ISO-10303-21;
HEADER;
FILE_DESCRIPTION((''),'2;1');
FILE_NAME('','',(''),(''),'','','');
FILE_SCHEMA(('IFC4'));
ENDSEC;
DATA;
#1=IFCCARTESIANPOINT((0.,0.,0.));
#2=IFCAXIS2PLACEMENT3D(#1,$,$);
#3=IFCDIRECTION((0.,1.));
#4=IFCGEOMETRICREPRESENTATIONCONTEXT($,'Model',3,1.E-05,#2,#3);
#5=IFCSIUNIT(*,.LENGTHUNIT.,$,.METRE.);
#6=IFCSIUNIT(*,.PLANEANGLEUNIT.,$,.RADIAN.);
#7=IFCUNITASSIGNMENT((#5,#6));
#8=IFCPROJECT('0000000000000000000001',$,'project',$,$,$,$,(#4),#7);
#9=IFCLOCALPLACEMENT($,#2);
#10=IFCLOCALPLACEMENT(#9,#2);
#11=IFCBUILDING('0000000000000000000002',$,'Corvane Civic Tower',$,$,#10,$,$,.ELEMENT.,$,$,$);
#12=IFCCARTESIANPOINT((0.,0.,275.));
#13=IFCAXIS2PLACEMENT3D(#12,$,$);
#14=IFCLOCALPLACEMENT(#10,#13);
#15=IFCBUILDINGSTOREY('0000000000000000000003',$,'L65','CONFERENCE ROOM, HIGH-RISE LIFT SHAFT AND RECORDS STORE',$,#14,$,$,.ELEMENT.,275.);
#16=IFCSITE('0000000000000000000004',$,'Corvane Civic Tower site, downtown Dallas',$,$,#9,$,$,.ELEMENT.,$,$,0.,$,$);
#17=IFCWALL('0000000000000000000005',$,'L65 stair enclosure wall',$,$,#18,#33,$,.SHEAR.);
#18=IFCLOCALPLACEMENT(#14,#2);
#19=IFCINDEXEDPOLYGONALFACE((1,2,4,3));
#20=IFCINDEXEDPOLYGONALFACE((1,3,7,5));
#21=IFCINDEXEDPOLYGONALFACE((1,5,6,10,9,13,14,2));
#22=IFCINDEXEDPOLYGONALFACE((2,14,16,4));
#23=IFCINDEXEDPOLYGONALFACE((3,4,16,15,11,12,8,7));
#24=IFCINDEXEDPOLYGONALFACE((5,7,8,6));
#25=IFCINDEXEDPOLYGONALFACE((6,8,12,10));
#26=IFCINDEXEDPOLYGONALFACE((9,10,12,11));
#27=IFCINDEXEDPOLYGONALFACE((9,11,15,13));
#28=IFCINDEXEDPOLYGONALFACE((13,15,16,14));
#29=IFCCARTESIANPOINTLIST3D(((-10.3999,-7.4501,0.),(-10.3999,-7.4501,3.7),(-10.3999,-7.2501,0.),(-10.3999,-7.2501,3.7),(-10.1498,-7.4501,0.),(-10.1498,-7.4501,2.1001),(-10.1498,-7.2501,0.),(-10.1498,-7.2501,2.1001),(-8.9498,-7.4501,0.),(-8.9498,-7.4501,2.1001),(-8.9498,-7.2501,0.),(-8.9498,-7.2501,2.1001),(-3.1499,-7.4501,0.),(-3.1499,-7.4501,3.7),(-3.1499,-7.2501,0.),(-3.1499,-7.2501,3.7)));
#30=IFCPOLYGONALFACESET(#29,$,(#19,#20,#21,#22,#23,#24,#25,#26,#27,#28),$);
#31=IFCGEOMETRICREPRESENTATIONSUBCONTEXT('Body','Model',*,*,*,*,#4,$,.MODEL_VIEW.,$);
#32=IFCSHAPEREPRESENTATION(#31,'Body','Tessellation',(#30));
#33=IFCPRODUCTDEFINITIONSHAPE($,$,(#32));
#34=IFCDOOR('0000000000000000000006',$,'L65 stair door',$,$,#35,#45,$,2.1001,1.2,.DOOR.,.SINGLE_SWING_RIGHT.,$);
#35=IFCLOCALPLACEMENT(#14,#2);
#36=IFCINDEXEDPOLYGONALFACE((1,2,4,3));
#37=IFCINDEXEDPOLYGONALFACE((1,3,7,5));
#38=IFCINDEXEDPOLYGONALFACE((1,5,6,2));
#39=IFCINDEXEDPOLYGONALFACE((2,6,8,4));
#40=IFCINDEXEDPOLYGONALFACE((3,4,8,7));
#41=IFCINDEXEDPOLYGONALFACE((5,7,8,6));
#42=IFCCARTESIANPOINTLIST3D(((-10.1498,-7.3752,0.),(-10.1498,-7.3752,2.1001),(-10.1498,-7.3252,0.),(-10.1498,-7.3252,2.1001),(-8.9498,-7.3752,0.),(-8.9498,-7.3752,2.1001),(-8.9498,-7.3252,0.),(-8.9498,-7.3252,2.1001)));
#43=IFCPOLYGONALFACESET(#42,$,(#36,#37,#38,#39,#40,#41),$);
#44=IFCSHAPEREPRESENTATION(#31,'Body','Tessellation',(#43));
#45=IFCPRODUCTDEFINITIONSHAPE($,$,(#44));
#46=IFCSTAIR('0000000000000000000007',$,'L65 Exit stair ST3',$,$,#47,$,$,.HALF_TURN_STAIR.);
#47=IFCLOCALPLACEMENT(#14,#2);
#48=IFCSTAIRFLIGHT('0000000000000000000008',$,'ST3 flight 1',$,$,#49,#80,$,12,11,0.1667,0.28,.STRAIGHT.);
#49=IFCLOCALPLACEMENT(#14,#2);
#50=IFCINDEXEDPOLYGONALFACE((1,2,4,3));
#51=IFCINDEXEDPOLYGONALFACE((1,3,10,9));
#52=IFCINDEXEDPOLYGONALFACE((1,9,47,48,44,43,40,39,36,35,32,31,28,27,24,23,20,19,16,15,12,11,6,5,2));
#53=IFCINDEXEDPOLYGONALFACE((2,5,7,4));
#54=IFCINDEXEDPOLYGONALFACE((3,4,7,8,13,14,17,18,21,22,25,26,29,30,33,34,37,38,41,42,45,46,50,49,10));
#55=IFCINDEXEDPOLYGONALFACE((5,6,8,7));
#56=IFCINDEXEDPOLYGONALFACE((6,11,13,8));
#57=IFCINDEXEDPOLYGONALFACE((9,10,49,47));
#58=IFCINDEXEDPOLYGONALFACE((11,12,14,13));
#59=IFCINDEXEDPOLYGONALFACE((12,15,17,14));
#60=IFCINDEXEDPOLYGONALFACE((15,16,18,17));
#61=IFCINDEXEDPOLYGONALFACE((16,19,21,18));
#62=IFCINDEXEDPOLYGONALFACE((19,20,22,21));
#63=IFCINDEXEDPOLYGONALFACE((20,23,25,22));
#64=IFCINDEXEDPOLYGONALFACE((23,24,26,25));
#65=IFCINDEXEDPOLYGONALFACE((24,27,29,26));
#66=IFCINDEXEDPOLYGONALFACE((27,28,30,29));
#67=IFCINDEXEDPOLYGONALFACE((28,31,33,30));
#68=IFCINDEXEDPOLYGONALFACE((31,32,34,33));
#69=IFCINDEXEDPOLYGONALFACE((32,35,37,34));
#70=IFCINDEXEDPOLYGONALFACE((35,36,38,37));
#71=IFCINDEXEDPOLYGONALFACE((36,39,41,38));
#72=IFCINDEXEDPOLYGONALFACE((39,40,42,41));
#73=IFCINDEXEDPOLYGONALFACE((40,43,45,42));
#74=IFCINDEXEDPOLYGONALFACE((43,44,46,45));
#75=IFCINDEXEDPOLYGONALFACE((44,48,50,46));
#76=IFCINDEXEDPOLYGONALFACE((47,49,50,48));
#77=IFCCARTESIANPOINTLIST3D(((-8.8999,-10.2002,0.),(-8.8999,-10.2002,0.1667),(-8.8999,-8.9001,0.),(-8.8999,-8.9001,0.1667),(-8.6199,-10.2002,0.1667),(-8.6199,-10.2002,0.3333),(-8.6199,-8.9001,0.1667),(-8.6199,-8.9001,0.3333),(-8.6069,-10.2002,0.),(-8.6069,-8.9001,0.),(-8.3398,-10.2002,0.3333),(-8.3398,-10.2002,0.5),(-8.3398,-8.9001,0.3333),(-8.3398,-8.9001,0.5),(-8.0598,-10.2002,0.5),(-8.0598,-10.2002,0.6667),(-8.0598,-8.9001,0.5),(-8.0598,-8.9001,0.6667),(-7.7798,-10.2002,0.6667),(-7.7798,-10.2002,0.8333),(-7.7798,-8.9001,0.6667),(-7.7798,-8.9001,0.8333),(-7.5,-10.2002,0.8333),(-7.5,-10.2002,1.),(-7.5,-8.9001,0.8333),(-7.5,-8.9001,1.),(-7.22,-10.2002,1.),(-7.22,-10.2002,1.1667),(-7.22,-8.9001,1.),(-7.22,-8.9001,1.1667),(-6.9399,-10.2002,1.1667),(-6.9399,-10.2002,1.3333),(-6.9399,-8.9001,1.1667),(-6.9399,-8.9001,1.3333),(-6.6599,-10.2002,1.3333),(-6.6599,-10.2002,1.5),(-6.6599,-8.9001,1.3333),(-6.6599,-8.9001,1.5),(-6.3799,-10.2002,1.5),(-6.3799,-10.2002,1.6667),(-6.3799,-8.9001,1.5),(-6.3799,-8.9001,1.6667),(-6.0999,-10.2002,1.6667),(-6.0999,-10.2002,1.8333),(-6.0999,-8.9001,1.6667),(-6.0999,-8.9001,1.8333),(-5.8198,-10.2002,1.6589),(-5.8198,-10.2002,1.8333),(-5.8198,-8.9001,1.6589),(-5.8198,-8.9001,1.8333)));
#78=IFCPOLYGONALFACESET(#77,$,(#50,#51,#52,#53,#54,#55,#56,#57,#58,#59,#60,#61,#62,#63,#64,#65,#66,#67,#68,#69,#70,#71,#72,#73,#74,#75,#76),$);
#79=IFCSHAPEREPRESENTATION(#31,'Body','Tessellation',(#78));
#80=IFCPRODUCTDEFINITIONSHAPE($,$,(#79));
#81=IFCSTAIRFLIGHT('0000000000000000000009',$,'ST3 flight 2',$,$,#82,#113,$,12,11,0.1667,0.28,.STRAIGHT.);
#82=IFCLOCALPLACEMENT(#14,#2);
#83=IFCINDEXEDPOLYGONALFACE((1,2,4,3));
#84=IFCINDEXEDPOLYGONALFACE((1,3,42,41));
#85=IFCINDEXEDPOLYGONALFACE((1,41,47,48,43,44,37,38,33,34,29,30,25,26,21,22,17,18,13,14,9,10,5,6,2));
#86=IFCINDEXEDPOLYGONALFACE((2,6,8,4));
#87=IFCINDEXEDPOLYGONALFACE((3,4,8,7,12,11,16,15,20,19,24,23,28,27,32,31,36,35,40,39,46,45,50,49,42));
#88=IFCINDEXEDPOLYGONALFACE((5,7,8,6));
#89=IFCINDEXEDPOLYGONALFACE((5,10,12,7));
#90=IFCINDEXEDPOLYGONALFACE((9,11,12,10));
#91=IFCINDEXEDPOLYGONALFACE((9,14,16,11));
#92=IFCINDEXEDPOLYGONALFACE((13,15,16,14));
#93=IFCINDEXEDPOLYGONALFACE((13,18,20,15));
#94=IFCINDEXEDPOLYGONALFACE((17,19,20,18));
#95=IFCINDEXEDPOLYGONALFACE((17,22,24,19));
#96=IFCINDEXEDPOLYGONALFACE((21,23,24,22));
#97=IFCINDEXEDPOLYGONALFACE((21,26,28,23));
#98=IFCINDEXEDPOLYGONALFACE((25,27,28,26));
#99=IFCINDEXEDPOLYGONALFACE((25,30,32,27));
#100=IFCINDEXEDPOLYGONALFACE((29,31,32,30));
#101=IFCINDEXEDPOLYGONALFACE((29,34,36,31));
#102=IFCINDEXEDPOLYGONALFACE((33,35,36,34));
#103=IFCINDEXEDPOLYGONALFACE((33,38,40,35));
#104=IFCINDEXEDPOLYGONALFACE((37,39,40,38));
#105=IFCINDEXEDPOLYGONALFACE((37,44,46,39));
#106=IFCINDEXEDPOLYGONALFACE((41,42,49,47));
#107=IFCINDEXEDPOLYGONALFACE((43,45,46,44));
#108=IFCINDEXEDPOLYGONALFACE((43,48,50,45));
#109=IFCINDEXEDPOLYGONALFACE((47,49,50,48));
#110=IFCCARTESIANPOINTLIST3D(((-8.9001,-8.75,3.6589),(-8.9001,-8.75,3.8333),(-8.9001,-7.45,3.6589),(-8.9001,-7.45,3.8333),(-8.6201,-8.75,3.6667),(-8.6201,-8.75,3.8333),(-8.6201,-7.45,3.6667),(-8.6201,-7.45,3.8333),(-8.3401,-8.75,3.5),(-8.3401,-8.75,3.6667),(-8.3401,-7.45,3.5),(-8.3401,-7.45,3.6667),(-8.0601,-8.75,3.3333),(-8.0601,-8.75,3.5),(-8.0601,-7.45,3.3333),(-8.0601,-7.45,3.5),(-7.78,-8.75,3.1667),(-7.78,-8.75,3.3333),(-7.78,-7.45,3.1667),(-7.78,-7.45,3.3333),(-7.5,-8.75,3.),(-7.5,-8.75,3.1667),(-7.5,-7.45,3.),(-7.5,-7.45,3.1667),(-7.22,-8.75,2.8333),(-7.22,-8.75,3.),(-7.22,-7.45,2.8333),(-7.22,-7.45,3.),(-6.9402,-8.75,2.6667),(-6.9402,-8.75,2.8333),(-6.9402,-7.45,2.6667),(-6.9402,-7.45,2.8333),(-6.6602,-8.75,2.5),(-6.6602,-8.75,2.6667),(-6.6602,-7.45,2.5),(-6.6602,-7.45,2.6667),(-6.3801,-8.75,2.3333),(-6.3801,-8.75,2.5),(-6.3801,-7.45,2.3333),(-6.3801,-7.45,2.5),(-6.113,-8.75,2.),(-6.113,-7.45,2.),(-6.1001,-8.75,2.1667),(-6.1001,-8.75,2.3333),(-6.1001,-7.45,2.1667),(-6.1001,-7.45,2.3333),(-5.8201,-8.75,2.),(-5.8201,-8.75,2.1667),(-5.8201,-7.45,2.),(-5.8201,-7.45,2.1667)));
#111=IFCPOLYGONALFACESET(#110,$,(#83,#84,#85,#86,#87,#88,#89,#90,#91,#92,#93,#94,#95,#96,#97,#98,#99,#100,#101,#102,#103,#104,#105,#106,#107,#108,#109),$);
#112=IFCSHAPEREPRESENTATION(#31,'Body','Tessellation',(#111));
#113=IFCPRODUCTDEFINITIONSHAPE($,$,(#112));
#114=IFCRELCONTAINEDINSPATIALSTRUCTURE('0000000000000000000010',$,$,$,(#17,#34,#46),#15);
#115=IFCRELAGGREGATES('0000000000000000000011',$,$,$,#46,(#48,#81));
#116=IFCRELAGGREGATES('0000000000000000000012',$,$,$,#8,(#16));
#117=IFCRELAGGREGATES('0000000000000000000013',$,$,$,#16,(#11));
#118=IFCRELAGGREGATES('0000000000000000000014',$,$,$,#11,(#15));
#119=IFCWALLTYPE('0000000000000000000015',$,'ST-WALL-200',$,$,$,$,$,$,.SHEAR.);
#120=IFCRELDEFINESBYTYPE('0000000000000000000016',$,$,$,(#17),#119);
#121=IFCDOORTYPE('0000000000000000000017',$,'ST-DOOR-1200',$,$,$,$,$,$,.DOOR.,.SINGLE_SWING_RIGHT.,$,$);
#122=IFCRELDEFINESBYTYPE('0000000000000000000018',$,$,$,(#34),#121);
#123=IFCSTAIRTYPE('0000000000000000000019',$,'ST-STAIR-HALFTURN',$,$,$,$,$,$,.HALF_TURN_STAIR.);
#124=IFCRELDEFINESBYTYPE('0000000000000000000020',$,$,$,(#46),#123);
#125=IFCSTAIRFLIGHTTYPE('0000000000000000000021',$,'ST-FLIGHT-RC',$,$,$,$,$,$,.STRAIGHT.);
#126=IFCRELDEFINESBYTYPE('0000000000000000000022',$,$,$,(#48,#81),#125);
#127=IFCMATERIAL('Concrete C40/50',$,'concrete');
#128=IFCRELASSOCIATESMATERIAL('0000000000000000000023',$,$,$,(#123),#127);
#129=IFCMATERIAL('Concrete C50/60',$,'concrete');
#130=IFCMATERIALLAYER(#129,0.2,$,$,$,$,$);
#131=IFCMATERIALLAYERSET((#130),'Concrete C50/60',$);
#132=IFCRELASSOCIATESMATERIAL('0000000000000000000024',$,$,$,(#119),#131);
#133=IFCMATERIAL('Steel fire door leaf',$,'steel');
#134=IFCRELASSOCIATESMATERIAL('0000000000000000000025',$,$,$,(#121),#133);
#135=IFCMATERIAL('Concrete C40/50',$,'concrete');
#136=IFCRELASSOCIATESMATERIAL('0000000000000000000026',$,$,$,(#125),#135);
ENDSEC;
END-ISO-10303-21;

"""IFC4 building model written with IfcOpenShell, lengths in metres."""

from ifc_helpers import new_model, si_unit, direction, frame, frame_2d, origin, place, context, subcontext, project, spatial, polyline, rectangle, outline, extrude, material, layer, layer_set, type_object, element, fill, aggregate, save


model = new_model("IFC4")

# Units and contexts
model_context = context("Model", 3, precision=1e-05, world=origin(), true_north=direction((0.0, 1.0)))
body_context = subcontext(model_context, "Body", "Model", "MODEL_VIEW")
ifc_project = project(units=[si_unit("LENGTHUNIT", "METRE"), si_unit("PLANEANGLEUNIT", "RADIAN")], contexts=[model_context])

# Site, building, storey
site_placement = place(None, origin())
site = spatial("IfcSite", under=ifc_project, at=site_placement, Name="Corvane Civic Tower site, downtown Dallas", CompositionType="ELEMENT", RefElevation=0.0)
building_placement = place(site_placement, origin())
building = spatial("IfcBuilding", under=site, at=building_placement, Name="Corvane Civic Tower", CompositionType="ELEMENT")
storey_placement = place(building_placement, frame((0.0, 0.0, 275.0)))
storey = spatial("IfcBuildingStorey", under=building, at=storey_placement, Name="L65", Description="CONFERENCE ROOM, HIGH-RISE LIFT SHAFT AND RECORDS STORE", CompositionType="ELEMENT", Elevation=275.0)

# Shared definitions
ifc_material_1 = material(Name="Concrete C40/50", Category="concrete")
stair_type = type_object("IfcStairType", Name="ST-STAIR-HALFTURN", PredefinedType="HALF_TURN_STAIR", material=ifc_material_1)

# Wall, opening, door
ifc_material_2 = material(Name="Concrete C50/60", Category="concrete")
ifc_layer_1 = layer(ifc_material_2, 0.2)
ifc_layer_set_1 = layer_set([ifc_layer_1], Name="Concrete C50/60")
wall_type_1 = type_object("IfcWallType", Name="ST-WALL-200", PredefinedType="SHEAR", material=ifc_layer_set_1)
wall_1_placement = place(storey_placement, frame((-10.3999, -7.3501, 0.0), z_axis=(0.0, 0.0, 1.0), x_axis=(1.0, 0.0, 0.0)))
wall_1 = element("IfcWall", 1, at=wall_1_placement, inside=storey, type_object=wall_type_1, Name="L65 stair enclosure wall", PredefinedType="SHEAR", context=body_context, shape_type="SweptSolid", body=[
    extrude(rectangle(XDim=7.25, YDim=0.2, at=frame_2d((3.625, 0.0))), origin(), (0.0, 0.0, 1.0), 3.7),
])
opening_1_placement = place(wall_1_placement, frame((0.25, 0.0, 0.0)))
opening_1 = element("IfcOpeningElement", 2, at=opening_1_placement, cuts=wall_1, PredefinedType="OPENING", context=body_context, shape_type="SweptSolid", body=[
    extrude(rectangle(XDim=1.2, YDim=2.1001, at=frame_2d((0.6001, 1.05))), frame((0.0, 0.1099, 0.0), z_axis=(0.0, -1.0, 0.0), x_axis=(1.0, 0.0, 0.0)), (0.0, 0.0, 1.0), 0.22),
])
ifc_material_3 = material(Name="Steel fire door leaf", Category="steel")
door_type_1 = type_object("IfcDoorType", Name="ST-DOOR-1200", OperationType="SINGLE_SWING_RIGHT", PredefinedType="DOOR", material=ifc_material_3)
door_1_placement = place(opening_1_placement, origin())
door_1 = element("IfcDoor", 3, at=door_1_placement, inside=storey, type_object=door_type_1, Name="L65 stair door", OperationType="SINGLE_SWING_RIGHT", OverallHeight=2.1001, OverallWidth=1.2, PredefinedType="DOOR", context=body_context, shape_type="SweptSolid", body=[
    extrude(rectangle(XDim=1.2, YDim=2.1001, at=frame_2d((0.6001, 1.05))), frame((0.0, 0.0249, 0.0), z_axis=(0.0, -1.0, 0.0), x_axis=(1.0, 0.0, 0.0)), (0.0, 0.0, 1.0), 0.05),
])
fill(opening_1, door_1)

# Stair, stair flights
stair_1_placement = place(storey_placement, origin())
stair_1 = element("IfcStair", 4, at=stair_1_placement, inside=storey, type_object=stair_type, Name="L65 Exit stair ST3", PredefinedType="HALF_TURN_STAIR")
ifc_material_4 = material(Name="Concrete C40/50", Category="concrete")
stair_flight_type = type_object("IfcStairFlightType", Name="ST-FLIGHT-RC", PredefinedType="STRAIGHT", material=ifc_material_4)
stair_flight_1_placement = place(storey_placement, frame((-8.8999, -9.55, 0.0), z_axis=(0.0, 0.0, 1.0), x_axis=(1.0, 0.0, 0.0)))
stair_flight_1 = element("IfcStairFlight", 5, at=stair_flight_1_placement, type_object=stair_flight_type, Name="ST3 flight 1", NumberOfRisers=12, NumberOfTreads=11, PredefinedType="STRAIGHT", RiserHeight=0.1667, TreadLength=0.28, context=body_context, shape_type="SweptSolid", body=[
    extrude(outline(polyline([(0.0, 0.0), (0.0, 0.1667), (0.28, 0.1667), (0.28, 0.3333), (0.5601, 0.3333), (0.5601, 0.5), (0.8401, 0.5), (0.8401, 0.6667), (1.1201, 0.6667), (1.1201, 0.8333), (1.3999, 0.8333), (1.3999, 1.0), (1.6799, 1.0), (1.6799, 1.1667), (1.96, 1.1667), (1.96, 1.3333), (2.24, 1.3333), (2.24, 1.5), (2.52, 1.5), (2.52, 1.6667), (2.8, 1.6667), (2.8, 1.8333), (3.0801, 1.8333), (3.0801, 2.0), (3.0801, 1.6589), (0.293, 0.0), (0.0, 0.0)])), frame((0.0, 0.6499, 0.0), z_axis=(0.0, -1.0, 0.0), x_axis=(1.0, 0.0, 0.0)), (0.0, 0.0, 1.0), 1.3),
])
stair_flight_2_placement = place(storey_placement, frame((-5.8201, -8.1001, 2.0), z_axis=(0.0, 0.0, 1.0), x_axis=(-1.0, 0.0, 0.0)))
stair_flight_2 = element("IfcStairFlight", 6, at=stair_flight_2_placement, type_object=stair_flight_type, Name="ST3 flight 2", NumberOfRisers=12, NumberOfTreads=11, PredefinedType="STRAIGHT", RiserHeight=0.1667, TreadLength=0.28, context=body_context, shape_type="SweptSolid", body=[
    extrude(outline(polyline([(0.0, 0.0), (0.0, 0.1667), (0.28, 0.1667), (0.28, 0.3333), (0.5601, 0.3333), (0.5601, 0.5), (0.8401, 0.5), (0.8401, 0.6667), (1.1201, 0.6667), (1.1201, 0.8333), (1.3999, 0.8333), (1.3999, 1.0), (1.6799, 1.0), (1.6799, 1.1667), (1.96, 1.1667), (1.96, 1.3333), (2.24, 1.3333), (2.24, 1.5), (2.52, 1.5), (2.52, 1.6667), (2.8, 1.6667), (2.8, 1.8333), (3.0801, 1.8333), (3.0801, 2.0), (3.0801, 1.6589), (0.293, 0.0), (0.0, 0.0)])), frame((0.0, 0.6499, 0.0), z_axis=(0.0, -1.0, 0.0), x_axis=(1.0, 0.0, 0.0)), (0.0, 0.0, 1.0), 1.3),
])
aggregate(stair_1, [stair_flight_1, stair_flight_2])

save(model, "model.ifc")
